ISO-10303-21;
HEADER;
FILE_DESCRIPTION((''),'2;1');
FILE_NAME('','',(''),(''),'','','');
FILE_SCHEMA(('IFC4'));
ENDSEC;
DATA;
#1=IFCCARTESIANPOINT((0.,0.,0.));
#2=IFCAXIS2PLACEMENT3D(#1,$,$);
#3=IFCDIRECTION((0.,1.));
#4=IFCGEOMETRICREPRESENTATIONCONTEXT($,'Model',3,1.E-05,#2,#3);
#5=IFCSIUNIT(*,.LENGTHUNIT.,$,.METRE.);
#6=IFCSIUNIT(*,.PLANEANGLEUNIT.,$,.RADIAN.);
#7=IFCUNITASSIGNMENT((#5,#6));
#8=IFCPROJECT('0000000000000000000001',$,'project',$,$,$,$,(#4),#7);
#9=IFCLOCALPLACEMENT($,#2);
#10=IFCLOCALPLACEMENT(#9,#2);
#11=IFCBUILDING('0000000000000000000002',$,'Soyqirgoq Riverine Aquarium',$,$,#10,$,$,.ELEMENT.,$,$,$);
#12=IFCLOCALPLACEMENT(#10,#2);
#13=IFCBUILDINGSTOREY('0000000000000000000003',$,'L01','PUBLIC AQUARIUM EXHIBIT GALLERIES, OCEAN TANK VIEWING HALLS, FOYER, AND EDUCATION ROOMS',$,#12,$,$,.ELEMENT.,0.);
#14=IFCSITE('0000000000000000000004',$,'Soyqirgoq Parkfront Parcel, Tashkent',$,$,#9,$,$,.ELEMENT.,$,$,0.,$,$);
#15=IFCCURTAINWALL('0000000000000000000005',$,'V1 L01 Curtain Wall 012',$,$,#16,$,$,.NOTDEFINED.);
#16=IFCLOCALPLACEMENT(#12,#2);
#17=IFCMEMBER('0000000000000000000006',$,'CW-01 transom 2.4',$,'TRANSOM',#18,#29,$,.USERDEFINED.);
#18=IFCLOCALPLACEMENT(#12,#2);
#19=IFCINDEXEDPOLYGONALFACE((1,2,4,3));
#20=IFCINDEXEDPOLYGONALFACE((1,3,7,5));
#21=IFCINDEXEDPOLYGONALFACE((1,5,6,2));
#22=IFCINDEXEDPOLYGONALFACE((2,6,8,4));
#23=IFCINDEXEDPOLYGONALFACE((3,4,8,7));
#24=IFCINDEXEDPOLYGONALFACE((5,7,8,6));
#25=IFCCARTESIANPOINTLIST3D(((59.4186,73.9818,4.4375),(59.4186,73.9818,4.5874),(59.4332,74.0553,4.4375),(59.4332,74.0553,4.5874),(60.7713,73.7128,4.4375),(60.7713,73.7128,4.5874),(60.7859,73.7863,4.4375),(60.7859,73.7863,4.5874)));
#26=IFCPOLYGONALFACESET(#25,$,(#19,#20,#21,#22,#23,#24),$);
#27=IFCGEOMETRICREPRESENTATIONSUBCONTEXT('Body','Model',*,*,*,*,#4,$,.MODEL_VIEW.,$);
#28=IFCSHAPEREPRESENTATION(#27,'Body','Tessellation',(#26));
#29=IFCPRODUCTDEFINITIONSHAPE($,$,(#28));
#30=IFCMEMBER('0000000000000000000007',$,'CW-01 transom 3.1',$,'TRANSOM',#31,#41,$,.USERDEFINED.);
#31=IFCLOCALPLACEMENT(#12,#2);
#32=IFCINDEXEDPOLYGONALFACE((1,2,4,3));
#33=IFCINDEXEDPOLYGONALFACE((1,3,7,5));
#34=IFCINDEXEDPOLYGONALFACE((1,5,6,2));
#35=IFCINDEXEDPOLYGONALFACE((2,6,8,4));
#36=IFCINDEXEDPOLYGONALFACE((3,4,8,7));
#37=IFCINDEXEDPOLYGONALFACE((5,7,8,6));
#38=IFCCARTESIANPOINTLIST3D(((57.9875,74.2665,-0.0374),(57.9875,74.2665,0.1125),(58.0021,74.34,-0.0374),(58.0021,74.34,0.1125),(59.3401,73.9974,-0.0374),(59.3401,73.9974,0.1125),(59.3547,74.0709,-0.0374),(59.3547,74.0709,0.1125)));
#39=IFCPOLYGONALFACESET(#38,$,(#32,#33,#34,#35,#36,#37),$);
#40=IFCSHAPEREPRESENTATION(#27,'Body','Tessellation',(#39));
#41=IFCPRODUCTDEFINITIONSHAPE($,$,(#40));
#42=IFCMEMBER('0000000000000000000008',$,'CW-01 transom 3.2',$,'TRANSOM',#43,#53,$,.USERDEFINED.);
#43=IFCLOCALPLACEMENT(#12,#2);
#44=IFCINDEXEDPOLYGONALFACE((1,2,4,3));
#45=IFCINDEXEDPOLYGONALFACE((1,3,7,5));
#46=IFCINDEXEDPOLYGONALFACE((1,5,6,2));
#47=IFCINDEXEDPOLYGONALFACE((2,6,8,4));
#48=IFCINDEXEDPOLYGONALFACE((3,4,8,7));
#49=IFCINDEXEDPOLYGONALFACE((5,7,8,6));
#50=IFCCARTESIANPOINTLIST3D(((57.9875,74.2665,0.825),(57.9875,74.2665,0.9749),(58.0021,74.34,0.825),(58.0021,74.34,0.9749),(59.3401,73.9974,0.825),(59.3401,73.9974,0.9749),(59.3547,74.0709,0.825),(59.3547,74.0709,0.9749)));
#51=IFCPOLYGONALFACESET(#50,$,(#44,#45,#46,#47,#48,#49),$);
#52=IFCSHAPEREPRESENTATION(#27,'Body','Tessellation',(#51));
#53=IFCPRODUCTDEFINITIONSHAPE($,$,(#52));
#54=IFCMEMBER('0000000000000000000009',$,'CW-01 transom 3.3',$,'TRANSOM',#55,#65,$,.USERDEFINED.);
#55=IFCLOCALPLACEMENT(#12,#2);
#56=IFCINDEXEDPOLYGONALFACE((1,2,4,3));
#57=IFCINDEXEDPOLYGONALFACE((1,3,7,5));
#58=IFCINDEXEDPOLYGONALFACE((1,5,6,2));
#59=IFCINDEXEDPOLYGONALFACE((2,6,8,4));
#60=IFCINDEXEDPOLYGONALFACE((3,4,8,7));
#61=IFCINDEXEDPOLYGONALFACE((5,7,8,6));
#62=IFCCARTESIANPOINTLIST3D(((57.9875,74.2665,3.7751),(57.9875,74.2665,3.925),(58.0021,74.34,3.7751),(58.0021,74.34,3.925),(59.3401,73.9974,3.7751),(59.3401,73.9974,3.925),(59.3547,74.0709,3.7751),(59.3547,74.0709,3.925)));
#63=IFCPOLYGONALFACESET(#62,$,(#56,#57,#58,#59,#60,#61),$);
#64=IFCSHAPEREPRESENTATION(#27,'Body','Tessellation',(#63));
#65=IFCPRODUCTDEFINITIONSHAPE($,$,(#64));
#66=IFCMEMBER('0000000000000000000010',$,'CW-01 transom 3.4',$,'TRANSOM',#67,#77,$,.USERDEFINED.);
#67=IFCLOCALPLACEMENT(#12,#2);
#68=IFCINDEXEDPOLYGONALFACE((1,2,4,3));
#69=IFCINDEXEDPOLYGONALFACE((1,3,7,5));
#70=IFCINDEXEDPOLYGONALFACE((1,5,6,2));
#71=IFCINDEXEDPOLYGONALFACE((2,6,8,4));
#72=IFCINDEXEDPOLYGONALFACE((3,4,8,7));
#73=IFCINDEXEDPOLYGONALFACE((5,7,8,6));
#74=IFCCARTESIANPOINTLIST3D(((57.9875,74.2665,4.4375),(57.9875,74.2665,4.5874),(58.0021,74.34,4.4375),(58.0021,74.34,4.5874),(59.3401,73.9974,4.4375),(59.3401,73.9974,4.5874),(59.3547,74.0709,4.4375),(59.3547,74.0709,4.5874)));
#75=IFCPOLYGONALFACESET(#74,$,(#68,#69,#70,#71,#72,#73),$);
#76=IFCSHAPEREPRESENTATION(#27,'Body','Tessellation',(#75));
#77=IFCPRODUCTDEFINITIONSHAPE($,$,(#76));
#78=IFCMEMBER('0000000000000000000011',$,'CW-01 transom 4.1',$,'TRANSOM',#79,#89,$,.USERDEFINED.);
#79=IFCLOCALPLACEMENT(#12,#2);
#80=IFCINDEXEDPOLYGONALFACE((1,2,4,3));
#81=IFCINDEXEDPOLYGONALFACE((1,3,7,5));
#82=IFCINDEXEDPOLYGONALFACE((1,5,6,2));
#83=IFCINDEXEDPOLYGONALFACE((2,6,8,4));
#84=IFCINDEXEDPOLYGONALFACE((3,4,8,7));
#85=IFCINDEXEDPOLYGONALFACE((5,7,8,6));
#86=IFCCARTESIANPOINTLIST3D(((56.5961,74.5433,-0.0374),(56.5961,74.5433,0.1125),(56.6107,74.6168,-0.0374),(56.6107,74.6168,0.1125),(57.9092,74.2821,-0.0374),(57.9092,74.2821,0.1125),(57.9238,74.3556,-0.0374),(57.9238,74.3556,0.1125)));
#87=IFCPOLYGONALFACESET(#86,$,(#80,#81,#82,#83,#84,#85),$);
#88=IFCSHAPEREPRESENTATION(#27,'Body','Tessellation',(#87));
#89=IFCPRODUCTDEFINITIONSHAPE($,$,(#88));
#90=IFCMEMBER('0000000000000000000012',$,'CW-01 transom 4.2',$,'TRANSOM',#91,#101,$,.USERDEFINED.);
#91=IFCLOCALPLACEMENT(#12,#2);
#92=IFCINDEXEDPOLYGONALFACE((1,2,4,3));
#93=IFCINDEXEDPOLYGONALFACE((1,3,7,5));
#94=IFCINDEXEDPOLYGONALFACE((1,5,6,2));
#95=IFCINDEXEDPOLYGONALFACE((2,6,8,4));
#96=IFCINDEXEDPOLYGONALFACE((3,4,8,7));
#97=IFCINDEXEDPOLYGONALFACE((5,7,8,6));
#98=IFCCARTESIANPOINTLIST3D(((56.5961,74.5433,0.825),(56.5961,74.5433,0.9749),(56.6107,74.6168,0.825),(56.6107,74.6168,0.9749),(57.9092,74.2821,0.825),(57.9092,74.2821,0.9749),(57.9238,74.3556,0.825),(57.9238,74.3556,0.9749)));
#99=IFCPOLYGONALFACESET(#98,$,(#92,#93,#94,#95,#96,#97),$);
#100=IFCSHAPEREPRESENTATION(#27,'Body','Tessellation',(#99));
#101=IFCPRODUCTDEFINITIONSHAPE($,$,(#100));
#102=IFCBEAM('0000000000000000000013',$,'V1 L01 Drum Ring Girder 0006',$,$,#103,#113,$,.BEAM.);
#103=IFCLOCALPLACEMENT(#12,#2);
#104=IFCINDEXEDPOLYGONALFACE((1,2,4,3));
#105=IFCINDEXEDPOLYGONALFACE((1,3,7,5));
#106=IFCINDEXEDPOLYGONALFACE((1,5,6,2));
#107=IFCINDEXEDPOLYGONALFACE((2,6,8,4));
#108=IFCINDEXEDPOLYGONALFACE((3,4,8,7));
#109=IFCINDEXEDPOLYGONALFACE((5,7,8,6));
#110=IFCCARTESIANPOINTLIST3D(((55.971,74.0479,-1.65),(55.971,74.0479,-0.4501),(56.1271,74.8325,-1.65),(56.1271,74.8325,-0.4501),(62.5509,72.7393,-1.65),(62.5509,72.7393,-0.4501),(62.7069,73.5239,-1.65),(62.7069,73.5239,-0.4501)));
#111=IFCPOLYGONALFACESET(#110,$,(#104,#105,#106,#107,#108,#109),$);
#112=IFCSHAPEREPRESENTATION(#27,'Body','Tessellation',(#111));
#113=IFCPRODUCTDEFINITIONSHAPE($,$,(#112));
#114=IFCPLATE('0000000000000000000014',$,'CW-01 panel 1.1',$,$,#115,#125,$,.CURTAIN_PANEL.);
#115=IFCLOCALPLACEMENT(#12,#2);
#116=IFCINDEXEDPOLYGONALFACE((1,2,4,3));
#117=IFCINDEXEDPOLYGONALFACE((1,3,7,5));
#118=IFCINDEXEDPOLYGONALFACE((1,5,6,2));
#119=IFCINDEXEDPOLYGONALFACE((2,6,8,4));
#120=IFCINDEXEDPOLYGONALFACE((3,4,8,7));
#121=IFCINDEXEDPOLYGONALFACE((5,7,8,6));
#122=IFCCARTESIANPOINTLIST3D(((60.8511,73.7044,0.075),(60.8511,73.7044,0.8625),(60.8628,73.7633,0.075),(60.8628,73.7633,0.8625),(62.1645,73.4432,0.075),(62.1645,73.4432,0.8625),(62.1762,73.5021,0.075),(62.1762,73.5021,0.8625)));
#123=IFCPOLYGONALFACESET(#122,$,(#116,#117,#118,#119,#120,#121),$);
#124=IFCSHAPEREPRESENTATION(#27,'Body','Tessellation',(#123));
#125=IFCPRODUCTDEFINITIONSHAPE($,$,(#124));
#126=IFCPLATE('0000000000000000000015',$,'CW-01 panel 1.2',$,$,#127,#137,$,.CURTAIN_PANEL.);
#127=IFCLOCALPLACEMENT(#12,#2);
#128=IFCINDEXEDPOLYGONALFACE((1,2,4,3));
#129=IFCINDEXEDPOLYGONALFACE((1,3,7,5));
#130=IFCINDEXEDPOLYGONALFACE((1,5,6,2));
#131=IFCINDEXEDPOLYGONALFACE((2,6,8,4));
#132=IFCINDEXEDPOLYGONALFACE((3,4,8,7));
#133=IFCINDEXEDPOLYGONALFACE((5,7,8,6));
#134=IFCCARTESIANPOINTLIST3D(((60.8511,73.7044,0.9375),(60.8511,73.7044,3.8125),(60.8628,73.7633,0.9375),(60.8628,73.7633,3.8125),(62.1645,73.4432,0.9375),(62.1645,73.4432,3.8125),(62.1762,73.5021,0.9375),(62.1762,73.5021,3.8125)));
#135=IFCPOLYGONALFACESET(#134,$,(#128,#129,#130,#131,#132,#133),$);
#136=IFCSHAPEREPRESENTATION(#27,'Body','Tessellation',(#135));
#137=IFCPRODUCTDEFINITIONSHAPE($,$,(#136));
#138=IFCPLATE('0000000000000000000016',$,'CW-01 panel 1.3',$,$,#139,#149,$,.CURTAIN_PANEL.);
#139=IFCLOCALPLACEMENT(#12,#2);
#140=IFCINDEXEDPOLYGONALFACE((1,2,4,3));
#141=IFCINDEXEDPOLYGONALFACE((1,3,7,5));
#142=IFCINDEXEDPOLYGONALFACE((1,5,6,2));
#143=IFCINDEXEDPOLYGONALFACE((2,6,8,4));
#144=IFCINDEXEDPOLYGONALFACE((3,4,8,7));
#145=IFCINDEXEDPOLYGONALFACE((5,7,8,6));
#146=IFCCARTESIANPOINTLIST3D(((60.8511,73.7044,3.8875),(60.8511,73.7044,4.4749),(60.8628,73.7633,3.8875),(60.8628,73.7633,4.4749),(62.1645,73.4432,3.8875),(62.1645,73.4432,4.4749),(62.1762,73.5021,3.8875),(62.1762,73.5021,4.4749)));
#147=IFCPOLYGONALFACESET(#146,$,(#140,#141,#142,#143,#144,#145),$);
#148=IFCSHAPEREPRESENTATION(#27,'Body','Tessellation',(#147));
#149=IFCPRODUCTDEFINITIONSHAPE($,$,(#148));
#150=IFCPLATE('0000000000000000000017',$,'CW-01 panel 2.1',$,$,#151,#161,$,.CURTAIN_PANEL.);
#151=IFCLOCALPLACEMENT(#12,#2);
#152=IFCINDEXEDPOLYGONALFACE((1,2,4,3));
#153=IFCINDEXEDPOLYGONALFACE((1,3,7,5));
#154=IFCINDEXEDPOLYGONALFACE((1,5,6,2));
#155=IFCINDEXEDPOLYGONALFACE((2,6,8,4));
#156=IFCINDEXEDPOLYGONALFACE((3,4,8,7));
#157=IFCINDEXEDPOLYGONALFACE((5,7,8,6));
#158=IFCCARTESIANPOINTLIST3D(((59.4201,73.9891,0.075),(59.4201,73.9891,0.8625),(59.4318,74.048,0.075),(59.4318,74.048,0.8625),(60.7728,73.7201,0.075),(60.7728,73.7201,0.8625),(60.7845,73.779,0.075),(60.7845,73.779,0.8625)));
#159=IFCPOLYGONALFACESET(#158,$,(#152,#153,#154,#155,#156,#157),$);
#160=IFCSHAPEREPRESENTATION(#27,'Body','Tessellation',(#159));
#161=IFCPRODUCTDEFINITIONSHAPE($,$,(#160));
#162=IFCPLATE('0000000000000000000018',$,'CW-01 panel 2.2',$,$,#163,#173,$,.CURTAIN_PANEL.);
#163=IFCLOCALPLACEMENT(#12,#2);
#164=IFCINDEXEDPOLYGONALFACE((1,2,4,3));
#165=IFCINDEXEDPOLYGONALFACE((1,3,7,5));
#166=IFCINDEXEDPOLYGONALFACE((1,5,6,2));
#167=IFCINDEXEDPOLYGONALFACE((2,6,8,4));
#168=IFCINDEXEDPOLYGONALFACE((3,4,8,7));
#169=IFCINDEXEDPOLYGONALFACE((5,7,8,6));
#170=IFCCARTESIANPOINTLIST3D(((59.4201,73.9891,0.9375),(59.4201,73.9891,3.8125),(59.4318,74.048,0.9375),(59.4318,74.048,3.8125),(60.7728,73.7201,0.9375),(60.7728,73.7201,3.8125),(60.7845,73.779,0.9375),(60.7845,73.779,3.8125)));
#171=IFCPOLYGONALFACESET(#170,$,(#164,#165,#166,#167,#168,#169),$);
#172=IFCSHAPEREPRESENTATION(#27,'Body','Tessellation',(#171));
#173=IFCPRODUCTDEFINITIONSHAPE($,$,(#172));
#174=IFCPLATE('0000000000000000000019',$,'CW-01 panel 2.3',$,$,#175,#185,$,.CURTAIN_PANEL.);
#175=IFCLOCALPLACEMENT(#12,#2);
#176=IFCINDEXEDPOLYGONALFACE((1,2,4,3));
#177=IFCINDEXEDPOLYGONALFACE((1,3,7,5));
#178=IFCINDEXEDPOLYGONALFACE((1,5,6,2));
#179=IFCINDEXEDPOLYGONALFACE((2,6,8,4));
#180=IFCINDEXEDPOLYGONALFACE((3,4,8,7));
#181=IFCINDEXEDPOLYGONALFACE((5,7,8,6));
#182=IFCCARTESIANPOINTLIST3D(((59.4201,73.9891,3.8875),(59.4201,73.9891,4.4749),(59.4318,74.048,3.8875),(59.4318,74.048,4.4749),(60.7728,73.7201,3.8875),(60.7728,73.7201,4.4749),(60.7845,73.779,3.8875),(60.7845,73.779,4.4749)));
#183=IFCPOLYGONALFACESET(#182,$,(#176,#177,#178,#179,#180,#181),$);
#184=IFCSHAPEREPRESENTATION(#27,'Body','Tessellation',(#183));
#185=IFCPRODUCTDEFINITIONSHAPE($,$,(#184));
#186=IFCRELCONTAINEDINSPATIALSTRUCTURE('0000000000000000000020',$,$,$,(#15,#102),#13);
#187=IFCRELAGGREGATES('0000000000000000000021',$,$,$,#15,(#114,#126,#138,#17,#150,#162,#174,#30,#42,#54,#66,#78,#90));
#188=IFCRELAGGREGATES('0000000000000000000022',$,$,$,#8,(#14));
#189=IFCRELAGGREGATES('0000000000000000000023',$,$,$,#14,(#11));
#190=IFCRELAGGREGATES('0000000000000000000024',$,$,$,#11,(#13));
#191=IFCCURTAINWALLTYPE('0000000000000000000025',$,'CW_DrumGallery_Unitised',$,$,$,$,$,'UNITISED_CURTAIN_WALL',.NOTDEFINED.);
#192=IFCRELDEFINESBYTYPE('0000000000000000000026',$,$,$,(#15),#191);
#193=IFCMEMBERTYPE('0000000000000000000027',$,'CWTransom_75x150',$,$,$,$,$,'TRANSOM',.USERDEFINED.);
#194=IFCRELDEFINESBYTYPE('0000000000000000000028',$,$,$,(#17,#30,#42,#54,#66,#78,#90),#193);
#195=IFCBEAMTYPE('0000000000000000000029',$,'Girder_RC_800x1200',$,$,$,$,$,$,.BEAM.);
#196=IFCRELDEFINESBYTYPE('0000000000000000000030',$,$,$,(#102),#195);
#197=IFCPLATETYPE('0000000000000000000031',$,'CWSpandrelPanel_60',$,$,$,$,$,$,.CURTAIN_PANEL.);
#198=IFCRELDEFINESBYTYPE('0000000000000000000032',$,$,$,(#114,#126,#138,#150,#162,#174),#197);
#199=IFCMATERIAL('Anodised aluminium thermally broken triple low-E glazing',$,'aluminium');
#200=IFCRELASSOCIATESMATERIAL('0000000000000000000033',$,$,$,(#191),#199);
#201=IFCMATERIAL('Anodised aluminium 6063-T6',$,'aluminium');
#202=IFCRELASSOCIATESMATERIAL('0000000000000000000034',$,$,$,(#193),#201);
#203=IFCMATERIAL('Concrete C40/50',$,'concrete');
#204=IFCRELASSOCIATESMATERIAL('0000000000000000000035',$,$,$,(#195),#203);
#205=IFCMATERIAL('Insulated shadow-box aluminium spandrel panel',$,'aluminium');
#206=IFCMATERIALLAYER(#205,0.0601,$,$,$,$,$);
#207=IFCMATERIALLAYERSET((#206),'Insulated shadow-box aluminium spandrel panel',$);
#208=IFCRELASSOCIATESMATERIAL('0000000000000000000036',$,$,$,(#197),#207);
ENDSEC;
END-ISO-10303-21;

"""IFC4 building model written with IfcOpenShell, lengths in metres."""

from ifc_helpers import new_model, si_unit, direction, frame, origin, origin_2d, place, context, subcontext, project, spatial, rectangle, extrude, material, layer, layer_set, material_profile, profile_set, type_object, element, aggregate, save


model = new_model("IFC4")

# Units and contexts
model_context = context("Model", 3, precision=1e-05, world=origin(), true_north=direction((0.0, 1.0)))
body_context = subcontext(model_context, "Body", "Model", "MODEL_VIEW")
ifc_project = project(units=[si_unit("LENGTHUNIT", "METRE"), si_unit("PLANEANGLEUNIT", "RADIAN")], contexts=[model_context])

# Site, building, storey
site_placement = place(None, origin())
site = spatial("IfcSite", under=ifc_project, at=site_placement, Name="Soyqirgoq Parkfront Parcel, Tashkent", CompositionType="ELEMENT", RefElevation=0.0)
building_placement = place(site_placement, origin())
building = spatial("IfcBuilding", under=site, at=building_placement, Name="Soyqirgoq Riverine Aquarium", CompositionType="ELEMENT")
storey_placement = place(building_placement, origin())
storey = spatial("IfcBuildingStorey", under=building, at=storey_placement, Name="L01", Description="PUBLIC AQUARIUM EXHIBIT GALLERIES, OCEAN TANK VIEWING HALLS, FOYER, AND EDUCATION ROOMS", CompositionType="ELEMENT", Elevation=0.0)

# Curtain wall, members
ifc_material_1 = material(Name="Anodised aluminium thermally broken triple low-E glazing", Category="aluminium")
curtain_wall_type = type_object("IfcCurtainWallType", Name="CW_DrumGallery_Unitised", ElementType="UNITISED_CURTAIN_WALL", PredefinedType="NOTDEFINED", material=ifc_material_1)
curtain_wall_placement = place(storey_placement, origin())
curtain_wall = element("IfcCurtainWall", 1, at=curtain_wall_placement, inside=storey, type_object=curtain_wall_type, Name="V1 L01 Curtain Wall 012", PredefinedType="NOTDEFINED")
ifc_material_2 = material(Name="Anodised aluminium 6063-T6", Category="aluminium")
ifc_material_profile_1 = material_profile(ifc_material_2, rectangle(XDim=0.075, YDim=0.1499, at=origin_2d()), Name="ALU-T 75x150")
ifc_profile_set_1 = profile_set([ifc_material_profile_1], Name="Anodised aluminium 6063-T6")
member_type_1 = type_object("IfcMemberType", Name="CWTransom_75x150", ElementType="TRANSOM", PredefinedType="USERDEFINED", material=ifc_profile_set_1)
member_1_placement = place(storey_placement, frame((60.7786, 73.7495, 4.5125), z_axis=(-0.980784, 0.195095, 0.0), x_axis=(-0.195095, -0.980784, 0.0)))
member_1 = element("IfcMember", 2, at=member_1_placement, type_object=member_type_1, Name="CW-01 transom 2.4", ObjectType="TRANSOM", PredefinedType="USERDEFINED", context=body_context, shape_type="SweptSolid", body=[
    extrude(rectangle(XDim=0.075, YDim=0.1499, at=origin_2d()), origin(), (0.0, 0.0, 1.0), 1.3792),
])
member_2_placement = place(storey_placement, frame((59.3474, 74.0342, 0.0376), z_axis=(-0.980784, 0.195095, 0.0), x_axis=(-0.195095, -0.980784, 0.0)))
member_2 = element("IfcMember", 3, at=member_2_placement, type_object=member_type_1, Name="CW-01 transom 3.1", ObjectType="TRANSOM", PredefinedType="USERDEFINED", context=body_context, shape_type="SweptSolid", body=[
    extrude(rectangle(XDim=0.075, YDim=0.1499, at=origin_2d()), origin(), (0.0, 0.0, 1.0), 1.3792),
])
member_3_placement = place(storey_placement, frame((59.3474, 74.0342, 0.8999), z_axis=(-0.980784, 0.195095, 0.0), x_axis=(-0.195095, -0.980784, 0.0)))
member_3 = element("IfcMember", 4, at=member_3_placement, type_object=member_type_1, Name="CW-01 transom 3.2", ObjectType="TRANSOM", PredefinedType="USERDEFINED", context=body_context, shape_type="SweptSolid", body=[
    extrude(rectangle(XDim=0.075, YDim=0.1499, at=origin_2d()), origin(), (0.0, 0.0, 1.0), 1.3792),
])
member_4_placement = place(storey_placement, frame((59.3474, 74.0342, 3.8501), z_axis=(-0.980784, 0.195095, 0.0), x_axis=(-0.195095, -0.980784, 0.0)))
member_4 = element("IfcMember", 5, at=member_4_placement, type_object=member_type_1, Name="CW-01 transom 3.3", ObjectType="TRANSOM", PredefinedType="USERDEFINED", context=body_context, shape_type="SweptSolid", body=[
    extrude(rectangle(XDim=0.075, YDim=0.1499, at=origin_2d()), origin(), (0.0, 0.0, 1.0), 1.3792),
])
member_5_placement = place(storey_placement, frame((59.3474, 74.0342, 4.5125), z_axis=(-0.980784, 0.195095, 0.0), x_axis=(-0.195095, -0.980784, 0.0)))
member_5 = element("IfcMember", 6, at=member_5_placement, type_object=member_type_1, Name="CW-01 transom 3.4", ObjectType="TRANSOM", PredefinedType="USERDEFINED", context=body_context, shape_type="SweptSolid", body=[
    extrude(rectangle(XDim=0.075, YDim=0.1499, at=origin_2d()), origin(), (0.0, 0.0, 1.0), 1.3792),
])
member_6_placement = place(storey_placement, frame((57.9165, 74.3188, 0.0376), z_axis=(-0.980784, 0.195099, 0.0), x_axis=(-0.195099, -0.980784, 0.0)))
member_6 = element("IfcMember", 7, at=member_6_placement, type_object=member_type_1, Name="CW-01 transom 4.1", ObjectType="TRANSOM", PredefinedType="USERDEFINED", context=body_context, shape_type="SweptSolid", body=[
    extrude(rectangle(XDim=0.075, YDim=0.1499, at=origin_2d()), origin(), (0.0, 0.0, 1.0), 1.3389),
])
member_7_placement = place(storey_placement, frame((57.9165, 74.3188, 0.8999), z_axis=(-0.980784, 0.195099, 0.0), x_axis=(-0.195099, -0.980784, 0.0)))
member_7 = element("IfcMember", 8, at=member_7_placement, type_object=member_type_1, Name="CW-01 transom 4.2", ObjectType="TRANSOM", PredefinedType="USERDEFINED", context=body_context, shape_type="SweptSolid", body=[
    extrude(rectangle(XDim=0.075, YDim=0.1499, at=origin_2d()), origin(), (0.0, 0.0, 1.0), 1.3389),
])

# Beam
ifc_material_3 = material(Name="Concrete C40/50", Category="concrete")
ifc_material_profile_2 = material_profile(ifc_material_3, rectangle(XDim=0.8, YDim=1.2, at=origin_2d()), Name="RC 800x1200")
ifc_profile_set_2 = profile_set([ifc_material_profile_2], Name="Concrete C40/50")
beam_type = type_object("IfcBeamType", Name="Girder_RC_800x1200", PredefinedType="BEAM", material=ifc_profile_set_2)
beam_placement = place(storey_placement, frame((62.6289, 73.1316, -1.05), z_axis=(-0.980791, 0.195059, 0.0), x_axis=(-0.195059, -0.980791, 0.0)))
element("IfcBeam", 9, at=beam_placement, inside=storey, type_object=beam_type, Name="V1 L01 Drum Ring Girder 0006", PredefinedType="BEAM", context=body_context, shape_type="SweptSolid", body=[
    extrude(rectangle(XDim=0.8, YDim=1.2, at=origin_2d()), origin(), (0.0, 0.0, 1.0), 6.7087),
])

# Plates
ifc_material_4 = material(Name="Insulated shadow-box aluminium spandrel panel", Category="aluminium")
ifc_layer_1 = layer(ifc_material_4, 0.0601)
ifc_layer_set_1 = layer_set([ifc_layer_1], Name="Insulated shadow-box aluminium spandrel panel")
plate_type = type_object("IfcPlateType", Name="CWSpandrelPanel_60", PredefinedType="CURTAIN_PANEL", material=ifc_layer_set_1)
plate_1_placement = place(storey_placement, frame((61.5137, 73.6033, 0.075), z_axis=(0.0, 0.0, 1.0), x_axis=(-0.980788, 0.195075, 0.0)))
plate_1 = element("IfcPlate", 10, at=plate_1_placement, type_object=plate_type, Name="CW-01 panel 1.1", PredefinedType="CURTAIN_PANEL", context=body_context, shape_type="SweptSolid", body=[
    extrude(rectangle(XDim=1.3391, YDim=0.0601, at=origin_2d()), origin(), (0.0, 0.0, 1.0), 0.7876),
])
plate_2_placement = place(storey_placement, frame((61.5137, 73.6033, 0.9375), z_axis=(0.0, 0.0, 1.0), x_axis=(-0.980788, 0.195075, 0.0)))
plate_2 = element("IfcPlate", 11, at=plate_2_placement, type_object=plate_type, Name="CW-01 panel 1.2", PredefinedType="CURTAIN_PANEL", context=body_context, shape_type="SweptSolid", body=[
    extrude(rectangle(XDim=1.3391, YDim=0.0601, at=origin_2d()), origin(), (0.0, 0.0, 1.0), 2.875),
])
plate_3_placement = place(storey_placement, frame((61.5137, 73.6033, 3.8875), z_axis=(0.0, 0.0, 1.0), x_axis=(-0.980788, 0.195075, 0.0)))
plate_3 = element("IfcPlate", 12, at=plate_3_placement, type_object=plate_type, Name="CW-01 panel 1.3", PredefinedType="CURTAIN_PANEL", context=body_context, shape_type="SweptSolid", body=[
    extrude(rectangle(XDim=1.3391, YDim=0.0601, at=origin_2d()), origin(), (0.0, 0.0, 1.0), 0.5874),
])
plate_4_placement = place(storey_placement, frame((60.1023, 73.884, 0.075), z_axis=(0.0, 0.0, 1.0), x_axis=(-0.980788, 0.195075, 0.0)))
plate_4 = element("IfcPlate", 13, at=plate_4_placement, type_object=plate_type, Name="CW-01 panel 2.1", PredefinedType="CURTAIN_PANEL", context=body_context, shape_type="SweptSolid", body=[
    extrude(rectangle(XDim=1.3792, YDim=0.0601, at=origin_2d()), origin(), (0.0, 0.0, 1.0), 0.7876),
])
plate_5_placement = place(storey_placement, frame((60.1023, 73.884, 0.9375), z_axis=(0.0, 0.0, 1.0), x_axis=(-0.980788, 0.195075, 0.0)))
plate_5 = element("IfcPlate", 14, at=plate_5_placement, type_object=plate_type, Name="CW-01 panel 2.2", PredefinedType="CURTAIN_PANEL", context=body_context, shape_type="SweptSolid", body=[
    extrude(rectangle(XDim=1.3792, YDim=0.0601, at=origin_2d()), origin(), (0.0, 0.0, 1.0), 2.875),
])
plate_6_placement = place(storey_placement, frame((60.1023, 73.884, 3.8875), z_axis=(0.0, 0.0, 1.0), x_axis=(-0.980788, 0.195075, 0.0)))
plate_6 = element("IfcPlate", 15, at=plate_6_placement, type_object=plate_type, Name="CW-01 panel 2.3", PredefinedType="CURTAIN_PANEL", context=body_context, shape_type="SweptSolid", body=[
    extrude(rectangle(XDim=1.3792, YDim=0.0601, at=origin_2d()), origin(), (0.0, 0.0, 1.0), 0.5874),
])
aggregate(curtain_wall, [plate_1, plate_2, plate_3, member_1, plate_4, plate_5, plate_6, member_2, member_3, member_4, member_5, member_6, member_7])

save(model, "model.ifc")
